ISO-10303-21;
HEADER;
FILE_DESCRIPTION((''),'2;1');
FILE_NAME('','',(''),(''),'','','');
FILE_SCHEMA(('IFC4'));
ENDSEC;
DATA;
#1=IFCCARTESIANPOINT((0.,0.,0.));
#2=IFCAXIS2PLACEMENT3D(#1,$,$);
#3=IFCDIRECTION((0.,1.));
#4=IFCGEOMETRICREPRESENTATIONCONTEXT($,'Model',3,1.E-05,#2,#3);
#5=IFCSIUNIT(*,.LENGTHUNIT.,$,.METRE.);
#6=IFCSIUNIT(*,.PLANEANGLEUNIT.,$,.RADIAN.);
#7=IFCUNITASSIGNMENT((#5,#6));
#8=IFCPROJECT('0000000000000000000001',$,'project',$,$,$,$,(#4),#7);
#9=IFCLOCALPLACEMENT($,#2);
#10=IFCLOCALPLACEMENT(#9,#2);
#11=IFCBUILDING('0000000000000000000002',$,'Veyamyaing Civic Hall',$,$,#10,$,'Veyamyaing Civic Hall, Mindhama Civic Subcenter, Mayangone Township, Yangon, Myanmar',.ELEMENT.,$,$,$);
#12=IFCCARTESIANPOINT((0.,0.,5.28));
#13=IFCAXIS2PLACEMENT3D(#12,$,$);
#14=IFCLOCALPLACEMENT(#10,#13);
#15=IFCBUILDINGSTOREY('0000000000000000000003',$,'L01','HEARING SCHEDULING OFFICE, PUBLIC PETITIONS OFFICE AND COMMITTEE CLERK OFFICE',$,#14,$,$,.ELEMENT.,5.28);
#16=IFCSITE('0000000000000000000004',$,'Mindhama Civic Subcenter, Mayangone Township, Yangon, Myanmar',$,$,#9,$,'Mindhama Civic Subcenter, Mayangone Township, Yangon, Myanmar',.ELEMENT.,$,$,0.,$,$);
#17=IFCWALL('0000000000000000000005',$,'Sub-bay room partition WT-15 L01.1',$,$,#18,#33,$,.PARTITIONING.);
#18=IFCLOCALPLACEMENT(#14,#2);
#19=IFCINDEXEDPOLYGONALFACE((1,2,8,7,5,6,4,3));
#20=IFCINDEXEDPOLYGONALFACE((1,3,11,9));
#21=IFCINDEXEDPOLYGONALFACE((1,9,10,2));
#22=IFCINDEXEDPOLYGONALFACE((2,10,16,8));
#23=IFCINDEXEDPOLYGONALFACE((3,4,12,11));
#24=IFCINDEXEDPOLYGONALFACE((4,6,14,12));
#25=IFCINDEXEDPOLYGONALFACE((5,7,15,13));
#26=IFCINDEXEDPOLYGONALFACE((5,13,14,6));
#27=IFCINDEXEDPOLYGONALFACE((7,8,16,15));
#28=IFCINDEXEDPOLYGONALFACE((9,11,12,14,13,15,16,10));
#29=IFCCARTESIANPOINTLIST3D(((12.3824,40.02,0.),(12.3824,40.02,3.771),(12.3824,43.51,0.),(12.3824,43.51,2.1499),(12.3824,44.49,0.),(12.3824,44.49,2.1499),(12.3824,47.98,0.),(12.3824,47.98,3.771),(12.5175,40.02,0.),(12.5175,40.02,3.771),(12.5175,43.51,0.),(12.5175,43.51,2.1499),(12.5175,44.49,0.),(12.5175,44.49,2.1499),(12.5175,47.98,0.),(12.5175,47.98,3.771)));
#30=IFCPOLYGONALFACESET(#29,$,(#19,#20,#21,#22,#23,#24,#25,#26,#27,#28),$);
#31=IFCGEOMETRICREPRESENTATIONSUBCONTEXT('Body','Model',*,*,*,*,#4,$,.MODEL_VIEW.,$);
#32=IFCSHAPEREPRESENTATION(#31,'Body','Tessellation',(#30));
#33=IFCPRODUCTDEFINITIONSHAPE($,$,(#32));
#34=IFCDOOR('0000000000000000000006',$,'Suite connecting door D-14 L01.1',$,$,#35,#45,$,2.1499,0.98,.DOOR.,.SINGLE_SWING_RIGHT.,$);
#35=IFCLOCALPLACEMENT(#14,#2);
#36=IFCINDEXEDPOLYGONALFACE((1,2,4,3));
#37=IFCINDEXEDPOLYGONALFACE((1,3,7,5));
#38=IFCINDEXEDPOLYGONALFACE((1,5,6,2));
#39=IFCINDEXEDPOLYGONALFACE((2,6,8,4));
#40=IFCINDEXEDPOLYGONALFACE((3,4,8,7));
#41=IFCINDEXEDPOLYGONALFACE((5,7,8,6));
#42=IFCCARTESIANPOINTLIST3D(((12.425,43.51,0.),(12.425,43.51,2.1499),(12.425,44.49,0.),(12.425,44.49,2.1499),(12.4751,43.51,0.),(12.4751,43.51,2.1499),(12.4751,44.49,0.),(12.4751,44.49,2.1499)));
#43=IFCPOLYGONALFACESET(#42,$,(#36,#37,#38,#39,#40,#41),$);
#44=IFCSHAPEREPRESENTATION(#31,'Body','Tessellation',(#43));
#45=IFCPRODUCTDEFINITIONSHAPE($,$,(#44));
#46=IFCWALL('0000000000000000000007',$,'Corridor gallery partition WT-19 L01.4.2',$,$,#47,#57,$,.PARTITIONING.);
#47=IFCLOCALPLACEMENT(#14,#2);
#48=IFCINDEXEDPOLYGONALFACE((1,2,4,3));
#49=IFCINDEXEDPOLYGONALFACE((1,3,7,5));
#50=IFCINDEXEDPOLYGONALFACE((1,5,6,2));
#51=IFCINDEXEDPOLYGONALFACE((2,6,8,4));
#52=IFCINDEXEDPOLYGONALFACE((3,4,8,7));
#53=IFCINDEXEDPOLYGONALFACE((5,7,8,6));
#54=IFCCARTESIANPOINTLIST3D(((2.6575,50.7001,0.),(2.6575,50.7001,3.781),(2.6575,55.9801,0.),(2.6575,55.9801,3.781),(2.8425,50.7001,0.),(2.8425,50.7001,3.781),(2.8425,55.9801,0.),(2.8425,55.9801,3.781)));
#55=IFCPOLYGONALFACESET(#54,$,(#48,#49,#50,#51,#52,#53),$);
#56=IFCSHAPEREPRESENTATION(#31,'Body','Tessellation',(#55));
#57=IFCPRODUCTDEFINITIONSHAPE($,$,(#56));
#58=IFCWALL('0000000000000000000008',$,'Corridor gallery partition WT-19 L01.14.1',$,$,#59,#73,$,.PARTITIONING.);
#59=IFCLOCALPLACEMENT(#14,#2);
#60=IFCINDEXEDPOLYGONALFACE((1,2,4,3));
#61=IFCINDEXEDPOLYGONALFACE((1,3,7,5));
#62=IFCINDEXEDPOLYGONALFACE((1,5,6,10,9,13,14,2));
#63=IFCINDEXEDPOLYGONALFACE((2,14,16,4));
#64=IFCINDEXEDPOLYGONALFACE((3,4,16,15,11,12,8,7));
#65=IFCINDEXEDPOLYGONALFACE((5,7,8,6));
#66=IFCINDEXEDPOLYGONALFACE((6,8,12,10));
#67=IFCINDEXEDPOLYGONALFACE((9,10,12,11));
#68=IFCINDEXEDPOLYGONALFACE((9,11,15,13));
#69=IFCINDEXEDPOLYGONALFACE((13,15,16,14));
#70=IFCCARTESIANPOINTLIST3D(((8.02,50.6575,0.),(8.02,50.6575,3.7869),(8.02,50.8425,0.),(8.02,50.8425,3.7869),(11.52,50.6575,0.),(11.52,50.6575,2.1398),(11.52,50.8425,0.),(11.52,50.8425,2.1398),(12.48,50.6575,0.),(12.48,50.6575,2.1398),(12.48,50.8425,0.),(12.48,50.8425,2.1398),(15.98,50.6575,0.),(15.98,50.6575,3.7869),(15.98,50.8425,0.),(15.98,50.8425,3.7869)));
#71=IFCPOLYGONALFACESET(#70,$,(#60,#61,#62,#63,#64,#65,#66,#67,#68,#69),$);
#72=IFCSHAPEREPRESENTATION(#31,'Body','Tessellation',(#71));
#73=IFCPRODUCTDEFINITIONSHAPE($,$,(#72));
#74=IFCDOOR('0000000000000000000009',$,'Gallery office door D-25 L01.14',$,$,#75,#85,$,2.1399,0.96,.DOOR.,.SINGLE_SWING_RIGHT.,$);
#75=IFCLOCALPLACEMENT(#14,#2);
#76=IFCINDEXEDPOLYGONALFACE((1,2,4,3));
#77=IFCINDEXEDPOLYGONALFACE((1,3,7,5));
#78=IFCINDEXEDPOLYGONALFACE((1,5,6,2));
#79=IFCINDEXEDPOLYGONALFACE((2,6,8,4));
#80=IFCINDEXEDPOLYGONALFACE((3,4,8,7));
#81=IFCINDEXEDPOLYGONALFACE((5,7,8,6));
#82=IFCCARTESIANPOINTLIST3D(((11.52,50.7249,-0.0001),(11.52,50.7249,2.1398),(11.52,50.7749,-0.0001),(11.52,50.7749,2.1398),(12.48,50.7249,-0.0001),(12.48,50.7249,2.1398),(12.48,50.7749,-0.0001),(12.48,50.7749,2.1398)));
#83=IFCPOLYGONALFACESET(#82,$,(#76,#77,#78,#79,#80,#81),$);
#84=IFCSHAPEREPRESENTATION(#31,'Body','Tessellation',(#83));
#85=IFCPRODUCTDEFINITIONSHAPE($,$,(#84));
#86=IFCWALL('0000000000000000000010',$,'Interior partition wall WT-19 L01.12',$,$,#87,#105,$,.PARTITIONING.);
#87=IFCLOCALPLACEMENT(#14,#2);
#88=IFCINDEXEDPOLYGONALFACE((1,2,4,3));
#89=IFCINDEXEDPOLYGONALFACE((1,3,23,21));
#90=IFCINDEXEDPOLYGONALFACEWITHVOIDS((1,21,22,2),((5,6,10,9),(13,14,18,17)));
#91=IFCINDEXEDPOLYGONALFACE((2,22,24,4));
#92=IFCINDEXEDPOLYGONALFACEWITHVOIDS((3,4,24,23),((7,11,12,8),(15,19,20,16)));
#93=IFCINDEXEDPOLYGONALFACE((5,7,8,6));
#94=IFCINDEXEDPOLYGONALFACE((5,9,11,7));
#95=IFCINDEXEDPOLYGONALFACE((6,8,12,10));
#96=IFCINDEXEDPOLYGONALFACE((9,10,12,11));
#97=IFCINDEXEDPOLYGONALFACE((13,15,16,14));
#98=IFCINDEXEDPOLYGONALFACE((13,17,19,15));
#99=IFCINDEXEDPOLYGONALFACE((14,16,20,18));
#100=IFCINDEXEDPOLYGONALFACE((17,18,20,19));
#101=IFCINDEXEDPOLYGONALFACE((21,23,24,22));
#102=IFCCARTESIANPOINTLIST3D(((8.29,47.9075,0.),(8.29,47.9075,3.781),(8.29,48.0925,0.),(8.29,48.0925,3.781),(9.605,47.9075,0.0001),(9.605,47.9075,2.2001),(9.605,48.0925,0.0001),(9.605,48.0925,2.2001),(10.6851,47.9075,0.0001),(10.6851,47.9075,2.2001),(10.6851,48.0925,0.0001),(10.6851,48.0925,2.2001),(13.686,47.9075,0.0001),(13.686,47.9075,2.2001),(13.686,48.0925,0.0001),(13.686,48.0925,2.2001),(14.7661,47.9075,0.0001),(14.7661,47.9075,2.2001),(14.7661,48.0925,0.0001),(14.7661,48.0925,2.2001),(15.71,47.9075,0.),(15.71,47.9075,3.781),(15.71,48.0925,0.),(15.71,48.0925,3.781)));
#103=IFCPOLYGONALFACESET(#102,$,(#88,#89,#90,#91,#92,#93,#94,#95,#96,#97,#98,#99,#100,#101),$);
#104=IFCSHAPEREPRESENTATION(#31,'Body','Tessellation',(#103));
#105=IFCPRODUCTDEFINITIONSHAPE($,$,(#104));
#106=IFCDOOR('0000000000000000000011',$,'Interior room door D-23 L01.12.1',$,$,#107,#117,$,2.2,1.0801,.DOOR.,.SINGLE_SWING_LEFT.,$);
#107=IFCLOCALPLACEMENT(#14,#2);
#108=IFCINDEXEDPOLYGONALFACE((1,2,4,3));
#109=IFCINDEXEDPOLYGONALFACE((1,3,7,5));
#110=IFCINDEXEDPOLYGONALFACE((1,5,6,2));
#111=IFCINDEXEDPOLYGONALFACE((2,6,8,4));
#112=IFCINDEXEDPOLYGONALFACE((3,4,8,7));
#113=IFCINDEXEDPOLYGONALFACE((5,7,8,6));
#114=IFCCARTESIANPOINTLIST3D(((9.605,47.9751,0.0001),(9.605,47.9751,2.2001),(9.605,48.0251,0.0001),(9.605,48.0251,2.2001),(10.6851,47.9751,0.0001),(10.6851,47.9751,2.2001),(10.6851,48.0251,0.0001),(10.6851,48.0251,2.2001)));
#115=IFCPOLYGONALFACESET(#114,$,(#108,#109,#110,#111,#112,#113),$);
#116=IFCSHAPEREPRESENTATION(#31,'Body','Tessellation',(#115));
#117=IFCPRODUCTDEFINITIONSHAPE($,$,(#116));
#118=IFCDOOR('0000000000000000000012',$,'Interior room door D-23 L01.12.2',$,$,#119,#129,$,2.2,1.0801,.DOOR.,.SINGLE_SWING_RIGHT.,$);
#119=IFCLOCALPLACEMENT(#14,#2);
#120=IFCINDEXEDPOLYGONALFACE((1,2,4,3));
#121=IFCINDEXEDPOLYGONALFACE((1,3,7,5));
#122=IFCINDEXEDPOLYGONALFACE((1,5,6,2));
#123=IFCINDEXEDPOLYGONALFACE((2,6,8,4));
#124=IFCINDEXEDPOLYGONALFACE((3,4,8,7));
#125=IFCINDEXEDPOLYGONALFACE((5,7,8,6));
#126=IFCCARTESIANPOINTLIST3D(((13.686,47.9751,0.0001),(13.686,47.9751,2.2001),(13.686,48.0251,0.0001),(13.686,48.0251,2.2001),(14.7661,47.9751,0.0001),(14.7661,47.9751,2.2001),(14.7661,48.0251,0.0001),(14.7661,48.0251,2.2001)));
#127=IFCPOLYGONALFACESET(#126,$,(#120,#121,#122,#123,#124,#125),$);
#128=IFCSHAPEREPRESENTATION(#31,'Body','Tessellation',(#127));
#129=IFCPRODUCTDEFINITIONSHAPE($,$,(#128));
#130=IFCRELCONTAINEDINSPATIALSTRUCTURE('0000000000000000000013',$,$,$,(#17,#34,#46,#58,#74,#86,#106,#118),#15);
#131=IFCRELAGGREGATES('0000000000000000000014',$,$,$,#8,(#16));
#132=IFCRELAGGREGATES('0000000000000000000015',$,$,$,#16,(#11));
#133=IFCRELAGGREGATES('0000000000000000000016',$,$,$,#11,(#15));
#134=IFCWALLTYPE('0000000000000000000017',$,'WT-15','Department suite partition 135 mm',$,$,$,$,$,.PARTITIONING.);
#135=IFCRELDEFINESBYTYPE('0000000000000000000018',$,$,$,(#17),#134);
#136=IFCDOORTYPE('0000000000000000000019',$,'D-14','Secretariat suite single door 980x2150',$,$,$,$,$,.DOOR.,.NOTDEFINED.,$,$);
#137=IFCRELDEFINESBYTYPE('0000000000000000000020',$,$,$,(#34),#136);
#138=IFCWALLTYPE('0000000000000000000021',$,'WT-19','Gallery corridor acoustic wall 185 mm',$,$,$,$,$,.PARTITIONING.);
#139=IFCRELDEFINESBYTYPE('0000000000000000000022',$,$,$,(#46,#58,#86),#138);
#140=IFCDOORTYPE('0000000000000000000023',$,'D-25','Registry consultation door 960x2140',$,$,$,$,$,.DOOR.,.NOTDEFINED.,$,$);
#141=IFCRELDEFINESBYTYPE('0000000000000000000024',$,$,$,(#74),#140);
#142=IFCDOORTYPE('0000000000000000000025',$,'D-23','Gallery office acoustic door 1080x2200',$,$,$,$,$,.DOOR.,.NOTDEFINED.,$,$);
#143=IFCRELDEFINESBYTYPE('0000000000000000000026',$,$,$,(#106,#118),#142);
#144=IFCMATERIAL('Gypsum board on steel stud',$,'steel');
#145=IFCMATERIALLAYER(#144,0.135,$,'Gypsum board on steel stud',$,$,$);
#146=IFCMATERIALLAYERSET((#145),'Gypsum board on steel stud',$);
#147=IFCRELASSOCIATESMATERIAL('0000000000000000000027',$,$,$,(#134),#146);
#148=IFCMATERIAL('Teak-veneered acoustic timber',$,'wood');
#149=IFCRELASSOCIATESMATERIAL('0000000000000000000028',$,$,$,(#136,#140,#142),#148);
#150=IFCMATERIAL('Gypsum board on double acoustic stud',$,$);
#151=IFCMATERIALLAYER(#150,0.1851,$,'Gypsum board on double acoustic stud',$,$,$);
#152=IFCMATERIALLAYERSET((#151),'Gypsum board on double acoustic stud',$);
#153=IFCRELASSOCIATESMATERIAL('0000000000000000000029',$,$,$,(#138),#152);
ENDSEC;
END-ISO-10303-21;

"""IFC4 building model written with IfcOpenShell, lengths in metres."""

from ifc_helpers import new_model, si_unit, direction, frame, frame_2d, origin, place, context, subcontext, project, spatial, rectangle, extrude, material, layer, layer_set, type_object, element, fill, save


model = new_model("IFC4")

# Units and contexts
model_context = context("Model", 3, precision=1e-05, world=origin(), true_north=direction((0.0, 1.0)))
body_context = subcontext(model_context, "Body", "Model", "MODEL_VIEW")
ifc_project = project(units=[si_unit("LENGTHUNIT", "METRE"), si_unit("PLANEANGLEUNIT", "RADIAN")], contexts=[model_context])

# Site, building, storey
site_placement = place(None, origin())
site = spatial("IfcSite", under=ifc_project, at=site_placement, Name="Mindhama Civic Subcenter, Mayangone Township, Yangon, Myanmar", LongName="Mindhama Civic Subcenter, Mayangone Township, Yangon, Myanmar", CompositionType="ELEMENT", RefElevation=0.0)
building_placement = place(site_placement, origin())
building = spatial("IfcBuilding", under=site, at=building_placement, Name="Veyamyaing Civic Hall", LongName="Veyamyaing Civic Hall, Mindhama Civic Subcenter, Mayangone Township, Yangon, Myanmar", CompositionType="ELEMENT")
storey_placement = place(building_placement, frame((0.0, 0.0, 5.28)))
storey = spatial("IfcBuildingStorey", under=building, at=storey_placement, Name="L01", Description="HEARING SCHEDULING OFFICE, PUBLIC PETITIONS OFFICE AND COMMITTEE CLERK OFFICE", CompositionType="ELEMENT", Elevation=5.28)

# Shared definitions
ifc_material_1 = material(Name="Teak-veneered acoustic timber", Category="wood")

# Shared definitions
ifc_material_2 = material(Name="Gypsum board on steel stud", Category="steel")

# Wall, opening, door
ifc_layer_1 = layer(ifc_material_2, 0.135, Name="Gypsum board on steel stud")
ifc_layer_set_1 = layer_set([ifc_layer_1], Name="Gypsum board on steel stud")
wall_type_1 = type_object("IfcWallType", Name="WT-15", Description="Department suite partition 135 mm", PredefinedType="PARTITIONING", material=ifc_layer_set_1)
wall_1_placement = place(storey_placement, frame((12.45, 40.02, 0.0), z_axis=(0.0, 0.0, 1.0), x_axis=(0.0, 1.0, 0.0)))
wall_1 = element("IfcWall", 1, at=wall_1_placement, inside=storey, type_object=wall_type_1, Name="Sub-bay room partition WT-15 L01.1", PredefinedType="PARTITIONING", context=body_context, shape_type="SweptSolid", body=[
    extrude(rectangle(XDim=7.96, YDim=0.135, at=frame_2d((3.98, 0.0))), origin(), (0.0, 0.0, 1.0), 3.771),
])
opening_1_placement = place(wall_1_placement, frame((3.49, 0.0, 0.0)))
opening_1 = element("IfcOpeningElement", 2, at=opening_1_placement, cuts=wall_1, PredefinedType="OPENING", context=body_context, shape_type="SweptSolid", body=[
    extrude(rectangle(XDim=0.98, YDim=2.1499, at=frame_2d((0.49, 1.075))), frame((0.0, 0.0774, 0.0), z_axis=(0.0, -1.0, 0.0), x_axis=(1.0, 0.0, 0.0)), (0.0, 0.0, 1.0), 0.155),
])
door_type_1 = type_object("IfcDoorType", Name="D-14", Description="Secretariat suite single door 980x2150", OperationType="NOTDEFINED", PredefinedType="DOOR", material=ifc_material_1)
door_1_placement = place(opening_1_placement, origin())
door_1 = element("IfcDoor", 3, at=door_1_placement, inside=storey, type_object=door_type_1, Name="Suite connecting door D-14 L01.1", OperationType="SINGLE_SWING_RIGHT", OverallHeight=2.1499, OverallWidth=0.98, PredefinedType="DOOR", context=body_context, shape_type="SweptSolid", body=[
    extrude(rectangle(XDim=0.98, YDim=2.1499, at=frame_2d((0.49, 1.075))), frame((0.0, 0.0249, 0.0), z_axis=(0.0, -1.0, 0.0), x_axis=(1.0, 0.0, 0.0)), (0.0, 0.0, 1.0), 0.05),
])
fill(opening_1, door_1)

# Wall
ifc_material_3 = material(Name="Gypsum board on double acoustic stud")
ifc_layer_2 = layer(ifc_material_3, 0.1851, Name="Gypsum board on double acoustic stud")
ifc_layer_set_2 = layer_set([ifc_layer_2], Name="Gypsum board on double acoustic stud")
wall_type_2 = type_object("IfcWallType", Name="WT-19", Description="Gallery corridor acoustic wall 185 mm", PredefinedType="PARTITIONING", material=ifc_layer_set_2)
wall_2_placement = place(storey_placement, frame((2.75, 50.7, 0.0), z_axis=(0.0, 0.0, 1.0), x_axis=(0.0, 1.0, 0.0)))
element("IfcWall", 4, at=wall_2_placement, inside=storey, type_object=wall_type_2, Name="Corridor gallery partition WT-19 L01.4.2", PredefinedType="PARTITIONING", context=body_context, shape_type="SweptSolid", body=[
    extrude(rectangle(XDim=5.28, YDim=0.1851, at=frame_2d((2.6401, 0.0))), origin(), (0.0, 0.0, 1.0), 3.781),
])

# Wall, opening, door
wall_3_placement = place(storey_placement, frame((8.02, 50.75, 0.0), z_axis=(0.0, 0.0, 1.0), x_axis=(1.0, 0.0, 0.0)))
wall_3 = element("IfcWall", 5, at=wall_3_placement, inside=storey, type_object=wall_type_2, Name="Corridor gallery partition WT-19 L01.14.1", PredefinedType="PARTITIONING", context=body_context, shape_type="SweptSolid", body=[
    extrude(rectangle(XDim=7.96, YDim=0.1851, at=frame_2d((3.98, 0.0))), origin(), (0.0, 0.0, 1.0), 3.7869),
])
opening_2_placement = place(wall_3_placement, frame((3.5, 0.0, 0.0)))
opening_2 = element("IfcOpeningElement", 6, at=opening_2_placement, cuts=wall_3, PredefinedType="OPENING", context=body_context, shape_type="SweptSolid", body=[
    extrude(rectangle(XDim=0.96, YDim=2.1399, at=frame_2d((0.48, 1.0698))), frame((0.0, 0.1025, 0.0), z_axis=(0.0, -1.0, 0.0), x_axis=(1.0, 0.0, 0.0)), (0.0, 0.0, 1.0), 0.2051),
])
door_type_2 = type_object("IfcDoorType", Name="D-25", Description="Registry consultation door 960x2140", OperationType="NOTDEFINED", PredefinedType="DOOR", material=ifc_material_1)
door_2_placement = place(opening_2_placement, origin())
door_2 = element("IfcDoor", 7, at=door_2_placement, inside=storey, type_object=door_type_2, Name="Gallery office door D-25 L01.14", OperationType="SINGLE_SWING_RIGHT", OverallHeight=2.1399, OverallWidth=0.96, PredefinedType="DOOR", context=body_context, shape_type="SweptSolid", body=[
    extrude(rectangle(XDim=0.96, YDim=2.1399, at=frame_2d((0.48, 1.0698))), frame((0.0, 0.0249, 0.0), z_axis=(0.0, -1.0, 0.0), x_axis=(1.0, 0.0, 0.0)), (0.0, 0.0, 1.0), 0.05),
])
fill(opening_2, door_2)

# Wall, openings, doors
wall_4_placement = place(storey_placement, frame((8.29, 48.0, 0.0), z_axis=(0.0, 0.0, 1.0), x_axis=(1.0, 0.0, 0.0)))
wall_4 = element("IfcWall", 8, at=wall_4_placement, inside=storey, type_object=wall_type_2, Name="Interior partition wall WT-19 L01.12", PredefinedType="PARTITIONING", context=body_context, shape_type="SweptSolid", body=[
    extrude(rectangle(XDim=7.4199, YDim=0.1851, at=frame_2d((3.71, 0.0))), origin(), (0.0, 0.0, 1.0), 3.781),
])
opening_3_placement = place(wall_4_placement, frame((1.3149, 0.0, 0.0)))
opening_3 = element("IfcOpeningElement", 9, at=opening_3_placement, cuts=wall_4, PredefinedType="OPENING", context=body_context, shape_type="SweptSolid", body=[
    extrude(rectangle(XDim=1.0801, YDim=2.2, at=frame_2d((0.54, 1.1001))), frame((0.0, 0.1025, 0.0), z_axis=(0.0, -1.0, 0.0), x_axis=(1.0, 0.0, 0.0)), (0.0, 0.0, 1.0), 0.2051),
])
opening_4_placement = place(wall_4_placement, frame((5.396, 0.0, 0.0)))
opening_4 = element("IfcOpeningElement", 10, at=opening_4_placement, cuts=wall_4, PredefinedType="OPENING", context=body_context, shape_type="SweptSolid", body=[
    extrude(rectangle(XDim=1.0801, YDim=2.2, at=frame_2d((0.54, 1.1001))), frame((0.0, 0.1025, 0.0), z_axis=(0.0, -1.0, 0.0), x_axis=(1.0, 0.0, 0.0)), (0.0, 0.0, 1.0), 0.2051),
])
door_type_3 = type_object("IfcDoorType", Name="D-23", Description="Gallery office acoustic door 1080x2200", OperationType="NOTDEFINED", PredefinedType="DOOR", material=ifc_material_1)
door_3_placement = place(opening_3_placement, frame((1.0801, 0.0, 0.0), z_axis=(0.0, 0.0, 1.0), x_axis=(-1.0, 0.0, 0.0)))
door_3 = element("IfcDoor", 11, at=door_3_placement, inside=storey, type_object=door_type_3, Name="Interior room door D-23 L01.12.1", OperationType="SINGLE_SWING_LEFT", OverallHeight=2.2, OverallWidth=1.0801, PredefinedType="DOOR", context=body_context, shape_type="SweptSolid", body=[
    extrude(rectangle(XDim=1.0801, YDim=2.2, at=frame_2d((0.54, 1.1001))), frame((0.0, 0.0249, 0.0), z_axis=(0.0, -1.0, 0.0), x_axis=(1.0, 0.0, 0.0)), (0.0, 0.0, 1.0), 0.05),
])
fill(opening_3, door_3)
door_4_placement = place(opening_4_placement, frame((1.0801, 0.0, 0.0), z_axis=(0.0, 0.0, 1.0), x_axis=(-1.0, 0.0, 0.0)))
door_4 = element("IfcDoor", 12, at=door_4_placement, inside=storey, type_object=door_type_3, Name="Interior room door D-23 L01.12.2", OperationType="SINGLE_SWING_RIGHT", OverallHeight=2.2, OverallWidth=1.0801, PredefinedType="DOOR", context=body_context, shape_type="SweptSolid", body=[
    extrude(rectangle(XDim=1.0801, YDim=2.2, at=frame_2d((0.54, 1.1001))), frame((0.0, 0.0249, 0.0), z_axis=(0.0, -1.0, 0.0), x_axis=(1.0, 0.0, 0.0)), (0.0, 0.0, 1.0), 0.05),
])
fill(opening_4, door_4)

save(model, "model.ifc")
